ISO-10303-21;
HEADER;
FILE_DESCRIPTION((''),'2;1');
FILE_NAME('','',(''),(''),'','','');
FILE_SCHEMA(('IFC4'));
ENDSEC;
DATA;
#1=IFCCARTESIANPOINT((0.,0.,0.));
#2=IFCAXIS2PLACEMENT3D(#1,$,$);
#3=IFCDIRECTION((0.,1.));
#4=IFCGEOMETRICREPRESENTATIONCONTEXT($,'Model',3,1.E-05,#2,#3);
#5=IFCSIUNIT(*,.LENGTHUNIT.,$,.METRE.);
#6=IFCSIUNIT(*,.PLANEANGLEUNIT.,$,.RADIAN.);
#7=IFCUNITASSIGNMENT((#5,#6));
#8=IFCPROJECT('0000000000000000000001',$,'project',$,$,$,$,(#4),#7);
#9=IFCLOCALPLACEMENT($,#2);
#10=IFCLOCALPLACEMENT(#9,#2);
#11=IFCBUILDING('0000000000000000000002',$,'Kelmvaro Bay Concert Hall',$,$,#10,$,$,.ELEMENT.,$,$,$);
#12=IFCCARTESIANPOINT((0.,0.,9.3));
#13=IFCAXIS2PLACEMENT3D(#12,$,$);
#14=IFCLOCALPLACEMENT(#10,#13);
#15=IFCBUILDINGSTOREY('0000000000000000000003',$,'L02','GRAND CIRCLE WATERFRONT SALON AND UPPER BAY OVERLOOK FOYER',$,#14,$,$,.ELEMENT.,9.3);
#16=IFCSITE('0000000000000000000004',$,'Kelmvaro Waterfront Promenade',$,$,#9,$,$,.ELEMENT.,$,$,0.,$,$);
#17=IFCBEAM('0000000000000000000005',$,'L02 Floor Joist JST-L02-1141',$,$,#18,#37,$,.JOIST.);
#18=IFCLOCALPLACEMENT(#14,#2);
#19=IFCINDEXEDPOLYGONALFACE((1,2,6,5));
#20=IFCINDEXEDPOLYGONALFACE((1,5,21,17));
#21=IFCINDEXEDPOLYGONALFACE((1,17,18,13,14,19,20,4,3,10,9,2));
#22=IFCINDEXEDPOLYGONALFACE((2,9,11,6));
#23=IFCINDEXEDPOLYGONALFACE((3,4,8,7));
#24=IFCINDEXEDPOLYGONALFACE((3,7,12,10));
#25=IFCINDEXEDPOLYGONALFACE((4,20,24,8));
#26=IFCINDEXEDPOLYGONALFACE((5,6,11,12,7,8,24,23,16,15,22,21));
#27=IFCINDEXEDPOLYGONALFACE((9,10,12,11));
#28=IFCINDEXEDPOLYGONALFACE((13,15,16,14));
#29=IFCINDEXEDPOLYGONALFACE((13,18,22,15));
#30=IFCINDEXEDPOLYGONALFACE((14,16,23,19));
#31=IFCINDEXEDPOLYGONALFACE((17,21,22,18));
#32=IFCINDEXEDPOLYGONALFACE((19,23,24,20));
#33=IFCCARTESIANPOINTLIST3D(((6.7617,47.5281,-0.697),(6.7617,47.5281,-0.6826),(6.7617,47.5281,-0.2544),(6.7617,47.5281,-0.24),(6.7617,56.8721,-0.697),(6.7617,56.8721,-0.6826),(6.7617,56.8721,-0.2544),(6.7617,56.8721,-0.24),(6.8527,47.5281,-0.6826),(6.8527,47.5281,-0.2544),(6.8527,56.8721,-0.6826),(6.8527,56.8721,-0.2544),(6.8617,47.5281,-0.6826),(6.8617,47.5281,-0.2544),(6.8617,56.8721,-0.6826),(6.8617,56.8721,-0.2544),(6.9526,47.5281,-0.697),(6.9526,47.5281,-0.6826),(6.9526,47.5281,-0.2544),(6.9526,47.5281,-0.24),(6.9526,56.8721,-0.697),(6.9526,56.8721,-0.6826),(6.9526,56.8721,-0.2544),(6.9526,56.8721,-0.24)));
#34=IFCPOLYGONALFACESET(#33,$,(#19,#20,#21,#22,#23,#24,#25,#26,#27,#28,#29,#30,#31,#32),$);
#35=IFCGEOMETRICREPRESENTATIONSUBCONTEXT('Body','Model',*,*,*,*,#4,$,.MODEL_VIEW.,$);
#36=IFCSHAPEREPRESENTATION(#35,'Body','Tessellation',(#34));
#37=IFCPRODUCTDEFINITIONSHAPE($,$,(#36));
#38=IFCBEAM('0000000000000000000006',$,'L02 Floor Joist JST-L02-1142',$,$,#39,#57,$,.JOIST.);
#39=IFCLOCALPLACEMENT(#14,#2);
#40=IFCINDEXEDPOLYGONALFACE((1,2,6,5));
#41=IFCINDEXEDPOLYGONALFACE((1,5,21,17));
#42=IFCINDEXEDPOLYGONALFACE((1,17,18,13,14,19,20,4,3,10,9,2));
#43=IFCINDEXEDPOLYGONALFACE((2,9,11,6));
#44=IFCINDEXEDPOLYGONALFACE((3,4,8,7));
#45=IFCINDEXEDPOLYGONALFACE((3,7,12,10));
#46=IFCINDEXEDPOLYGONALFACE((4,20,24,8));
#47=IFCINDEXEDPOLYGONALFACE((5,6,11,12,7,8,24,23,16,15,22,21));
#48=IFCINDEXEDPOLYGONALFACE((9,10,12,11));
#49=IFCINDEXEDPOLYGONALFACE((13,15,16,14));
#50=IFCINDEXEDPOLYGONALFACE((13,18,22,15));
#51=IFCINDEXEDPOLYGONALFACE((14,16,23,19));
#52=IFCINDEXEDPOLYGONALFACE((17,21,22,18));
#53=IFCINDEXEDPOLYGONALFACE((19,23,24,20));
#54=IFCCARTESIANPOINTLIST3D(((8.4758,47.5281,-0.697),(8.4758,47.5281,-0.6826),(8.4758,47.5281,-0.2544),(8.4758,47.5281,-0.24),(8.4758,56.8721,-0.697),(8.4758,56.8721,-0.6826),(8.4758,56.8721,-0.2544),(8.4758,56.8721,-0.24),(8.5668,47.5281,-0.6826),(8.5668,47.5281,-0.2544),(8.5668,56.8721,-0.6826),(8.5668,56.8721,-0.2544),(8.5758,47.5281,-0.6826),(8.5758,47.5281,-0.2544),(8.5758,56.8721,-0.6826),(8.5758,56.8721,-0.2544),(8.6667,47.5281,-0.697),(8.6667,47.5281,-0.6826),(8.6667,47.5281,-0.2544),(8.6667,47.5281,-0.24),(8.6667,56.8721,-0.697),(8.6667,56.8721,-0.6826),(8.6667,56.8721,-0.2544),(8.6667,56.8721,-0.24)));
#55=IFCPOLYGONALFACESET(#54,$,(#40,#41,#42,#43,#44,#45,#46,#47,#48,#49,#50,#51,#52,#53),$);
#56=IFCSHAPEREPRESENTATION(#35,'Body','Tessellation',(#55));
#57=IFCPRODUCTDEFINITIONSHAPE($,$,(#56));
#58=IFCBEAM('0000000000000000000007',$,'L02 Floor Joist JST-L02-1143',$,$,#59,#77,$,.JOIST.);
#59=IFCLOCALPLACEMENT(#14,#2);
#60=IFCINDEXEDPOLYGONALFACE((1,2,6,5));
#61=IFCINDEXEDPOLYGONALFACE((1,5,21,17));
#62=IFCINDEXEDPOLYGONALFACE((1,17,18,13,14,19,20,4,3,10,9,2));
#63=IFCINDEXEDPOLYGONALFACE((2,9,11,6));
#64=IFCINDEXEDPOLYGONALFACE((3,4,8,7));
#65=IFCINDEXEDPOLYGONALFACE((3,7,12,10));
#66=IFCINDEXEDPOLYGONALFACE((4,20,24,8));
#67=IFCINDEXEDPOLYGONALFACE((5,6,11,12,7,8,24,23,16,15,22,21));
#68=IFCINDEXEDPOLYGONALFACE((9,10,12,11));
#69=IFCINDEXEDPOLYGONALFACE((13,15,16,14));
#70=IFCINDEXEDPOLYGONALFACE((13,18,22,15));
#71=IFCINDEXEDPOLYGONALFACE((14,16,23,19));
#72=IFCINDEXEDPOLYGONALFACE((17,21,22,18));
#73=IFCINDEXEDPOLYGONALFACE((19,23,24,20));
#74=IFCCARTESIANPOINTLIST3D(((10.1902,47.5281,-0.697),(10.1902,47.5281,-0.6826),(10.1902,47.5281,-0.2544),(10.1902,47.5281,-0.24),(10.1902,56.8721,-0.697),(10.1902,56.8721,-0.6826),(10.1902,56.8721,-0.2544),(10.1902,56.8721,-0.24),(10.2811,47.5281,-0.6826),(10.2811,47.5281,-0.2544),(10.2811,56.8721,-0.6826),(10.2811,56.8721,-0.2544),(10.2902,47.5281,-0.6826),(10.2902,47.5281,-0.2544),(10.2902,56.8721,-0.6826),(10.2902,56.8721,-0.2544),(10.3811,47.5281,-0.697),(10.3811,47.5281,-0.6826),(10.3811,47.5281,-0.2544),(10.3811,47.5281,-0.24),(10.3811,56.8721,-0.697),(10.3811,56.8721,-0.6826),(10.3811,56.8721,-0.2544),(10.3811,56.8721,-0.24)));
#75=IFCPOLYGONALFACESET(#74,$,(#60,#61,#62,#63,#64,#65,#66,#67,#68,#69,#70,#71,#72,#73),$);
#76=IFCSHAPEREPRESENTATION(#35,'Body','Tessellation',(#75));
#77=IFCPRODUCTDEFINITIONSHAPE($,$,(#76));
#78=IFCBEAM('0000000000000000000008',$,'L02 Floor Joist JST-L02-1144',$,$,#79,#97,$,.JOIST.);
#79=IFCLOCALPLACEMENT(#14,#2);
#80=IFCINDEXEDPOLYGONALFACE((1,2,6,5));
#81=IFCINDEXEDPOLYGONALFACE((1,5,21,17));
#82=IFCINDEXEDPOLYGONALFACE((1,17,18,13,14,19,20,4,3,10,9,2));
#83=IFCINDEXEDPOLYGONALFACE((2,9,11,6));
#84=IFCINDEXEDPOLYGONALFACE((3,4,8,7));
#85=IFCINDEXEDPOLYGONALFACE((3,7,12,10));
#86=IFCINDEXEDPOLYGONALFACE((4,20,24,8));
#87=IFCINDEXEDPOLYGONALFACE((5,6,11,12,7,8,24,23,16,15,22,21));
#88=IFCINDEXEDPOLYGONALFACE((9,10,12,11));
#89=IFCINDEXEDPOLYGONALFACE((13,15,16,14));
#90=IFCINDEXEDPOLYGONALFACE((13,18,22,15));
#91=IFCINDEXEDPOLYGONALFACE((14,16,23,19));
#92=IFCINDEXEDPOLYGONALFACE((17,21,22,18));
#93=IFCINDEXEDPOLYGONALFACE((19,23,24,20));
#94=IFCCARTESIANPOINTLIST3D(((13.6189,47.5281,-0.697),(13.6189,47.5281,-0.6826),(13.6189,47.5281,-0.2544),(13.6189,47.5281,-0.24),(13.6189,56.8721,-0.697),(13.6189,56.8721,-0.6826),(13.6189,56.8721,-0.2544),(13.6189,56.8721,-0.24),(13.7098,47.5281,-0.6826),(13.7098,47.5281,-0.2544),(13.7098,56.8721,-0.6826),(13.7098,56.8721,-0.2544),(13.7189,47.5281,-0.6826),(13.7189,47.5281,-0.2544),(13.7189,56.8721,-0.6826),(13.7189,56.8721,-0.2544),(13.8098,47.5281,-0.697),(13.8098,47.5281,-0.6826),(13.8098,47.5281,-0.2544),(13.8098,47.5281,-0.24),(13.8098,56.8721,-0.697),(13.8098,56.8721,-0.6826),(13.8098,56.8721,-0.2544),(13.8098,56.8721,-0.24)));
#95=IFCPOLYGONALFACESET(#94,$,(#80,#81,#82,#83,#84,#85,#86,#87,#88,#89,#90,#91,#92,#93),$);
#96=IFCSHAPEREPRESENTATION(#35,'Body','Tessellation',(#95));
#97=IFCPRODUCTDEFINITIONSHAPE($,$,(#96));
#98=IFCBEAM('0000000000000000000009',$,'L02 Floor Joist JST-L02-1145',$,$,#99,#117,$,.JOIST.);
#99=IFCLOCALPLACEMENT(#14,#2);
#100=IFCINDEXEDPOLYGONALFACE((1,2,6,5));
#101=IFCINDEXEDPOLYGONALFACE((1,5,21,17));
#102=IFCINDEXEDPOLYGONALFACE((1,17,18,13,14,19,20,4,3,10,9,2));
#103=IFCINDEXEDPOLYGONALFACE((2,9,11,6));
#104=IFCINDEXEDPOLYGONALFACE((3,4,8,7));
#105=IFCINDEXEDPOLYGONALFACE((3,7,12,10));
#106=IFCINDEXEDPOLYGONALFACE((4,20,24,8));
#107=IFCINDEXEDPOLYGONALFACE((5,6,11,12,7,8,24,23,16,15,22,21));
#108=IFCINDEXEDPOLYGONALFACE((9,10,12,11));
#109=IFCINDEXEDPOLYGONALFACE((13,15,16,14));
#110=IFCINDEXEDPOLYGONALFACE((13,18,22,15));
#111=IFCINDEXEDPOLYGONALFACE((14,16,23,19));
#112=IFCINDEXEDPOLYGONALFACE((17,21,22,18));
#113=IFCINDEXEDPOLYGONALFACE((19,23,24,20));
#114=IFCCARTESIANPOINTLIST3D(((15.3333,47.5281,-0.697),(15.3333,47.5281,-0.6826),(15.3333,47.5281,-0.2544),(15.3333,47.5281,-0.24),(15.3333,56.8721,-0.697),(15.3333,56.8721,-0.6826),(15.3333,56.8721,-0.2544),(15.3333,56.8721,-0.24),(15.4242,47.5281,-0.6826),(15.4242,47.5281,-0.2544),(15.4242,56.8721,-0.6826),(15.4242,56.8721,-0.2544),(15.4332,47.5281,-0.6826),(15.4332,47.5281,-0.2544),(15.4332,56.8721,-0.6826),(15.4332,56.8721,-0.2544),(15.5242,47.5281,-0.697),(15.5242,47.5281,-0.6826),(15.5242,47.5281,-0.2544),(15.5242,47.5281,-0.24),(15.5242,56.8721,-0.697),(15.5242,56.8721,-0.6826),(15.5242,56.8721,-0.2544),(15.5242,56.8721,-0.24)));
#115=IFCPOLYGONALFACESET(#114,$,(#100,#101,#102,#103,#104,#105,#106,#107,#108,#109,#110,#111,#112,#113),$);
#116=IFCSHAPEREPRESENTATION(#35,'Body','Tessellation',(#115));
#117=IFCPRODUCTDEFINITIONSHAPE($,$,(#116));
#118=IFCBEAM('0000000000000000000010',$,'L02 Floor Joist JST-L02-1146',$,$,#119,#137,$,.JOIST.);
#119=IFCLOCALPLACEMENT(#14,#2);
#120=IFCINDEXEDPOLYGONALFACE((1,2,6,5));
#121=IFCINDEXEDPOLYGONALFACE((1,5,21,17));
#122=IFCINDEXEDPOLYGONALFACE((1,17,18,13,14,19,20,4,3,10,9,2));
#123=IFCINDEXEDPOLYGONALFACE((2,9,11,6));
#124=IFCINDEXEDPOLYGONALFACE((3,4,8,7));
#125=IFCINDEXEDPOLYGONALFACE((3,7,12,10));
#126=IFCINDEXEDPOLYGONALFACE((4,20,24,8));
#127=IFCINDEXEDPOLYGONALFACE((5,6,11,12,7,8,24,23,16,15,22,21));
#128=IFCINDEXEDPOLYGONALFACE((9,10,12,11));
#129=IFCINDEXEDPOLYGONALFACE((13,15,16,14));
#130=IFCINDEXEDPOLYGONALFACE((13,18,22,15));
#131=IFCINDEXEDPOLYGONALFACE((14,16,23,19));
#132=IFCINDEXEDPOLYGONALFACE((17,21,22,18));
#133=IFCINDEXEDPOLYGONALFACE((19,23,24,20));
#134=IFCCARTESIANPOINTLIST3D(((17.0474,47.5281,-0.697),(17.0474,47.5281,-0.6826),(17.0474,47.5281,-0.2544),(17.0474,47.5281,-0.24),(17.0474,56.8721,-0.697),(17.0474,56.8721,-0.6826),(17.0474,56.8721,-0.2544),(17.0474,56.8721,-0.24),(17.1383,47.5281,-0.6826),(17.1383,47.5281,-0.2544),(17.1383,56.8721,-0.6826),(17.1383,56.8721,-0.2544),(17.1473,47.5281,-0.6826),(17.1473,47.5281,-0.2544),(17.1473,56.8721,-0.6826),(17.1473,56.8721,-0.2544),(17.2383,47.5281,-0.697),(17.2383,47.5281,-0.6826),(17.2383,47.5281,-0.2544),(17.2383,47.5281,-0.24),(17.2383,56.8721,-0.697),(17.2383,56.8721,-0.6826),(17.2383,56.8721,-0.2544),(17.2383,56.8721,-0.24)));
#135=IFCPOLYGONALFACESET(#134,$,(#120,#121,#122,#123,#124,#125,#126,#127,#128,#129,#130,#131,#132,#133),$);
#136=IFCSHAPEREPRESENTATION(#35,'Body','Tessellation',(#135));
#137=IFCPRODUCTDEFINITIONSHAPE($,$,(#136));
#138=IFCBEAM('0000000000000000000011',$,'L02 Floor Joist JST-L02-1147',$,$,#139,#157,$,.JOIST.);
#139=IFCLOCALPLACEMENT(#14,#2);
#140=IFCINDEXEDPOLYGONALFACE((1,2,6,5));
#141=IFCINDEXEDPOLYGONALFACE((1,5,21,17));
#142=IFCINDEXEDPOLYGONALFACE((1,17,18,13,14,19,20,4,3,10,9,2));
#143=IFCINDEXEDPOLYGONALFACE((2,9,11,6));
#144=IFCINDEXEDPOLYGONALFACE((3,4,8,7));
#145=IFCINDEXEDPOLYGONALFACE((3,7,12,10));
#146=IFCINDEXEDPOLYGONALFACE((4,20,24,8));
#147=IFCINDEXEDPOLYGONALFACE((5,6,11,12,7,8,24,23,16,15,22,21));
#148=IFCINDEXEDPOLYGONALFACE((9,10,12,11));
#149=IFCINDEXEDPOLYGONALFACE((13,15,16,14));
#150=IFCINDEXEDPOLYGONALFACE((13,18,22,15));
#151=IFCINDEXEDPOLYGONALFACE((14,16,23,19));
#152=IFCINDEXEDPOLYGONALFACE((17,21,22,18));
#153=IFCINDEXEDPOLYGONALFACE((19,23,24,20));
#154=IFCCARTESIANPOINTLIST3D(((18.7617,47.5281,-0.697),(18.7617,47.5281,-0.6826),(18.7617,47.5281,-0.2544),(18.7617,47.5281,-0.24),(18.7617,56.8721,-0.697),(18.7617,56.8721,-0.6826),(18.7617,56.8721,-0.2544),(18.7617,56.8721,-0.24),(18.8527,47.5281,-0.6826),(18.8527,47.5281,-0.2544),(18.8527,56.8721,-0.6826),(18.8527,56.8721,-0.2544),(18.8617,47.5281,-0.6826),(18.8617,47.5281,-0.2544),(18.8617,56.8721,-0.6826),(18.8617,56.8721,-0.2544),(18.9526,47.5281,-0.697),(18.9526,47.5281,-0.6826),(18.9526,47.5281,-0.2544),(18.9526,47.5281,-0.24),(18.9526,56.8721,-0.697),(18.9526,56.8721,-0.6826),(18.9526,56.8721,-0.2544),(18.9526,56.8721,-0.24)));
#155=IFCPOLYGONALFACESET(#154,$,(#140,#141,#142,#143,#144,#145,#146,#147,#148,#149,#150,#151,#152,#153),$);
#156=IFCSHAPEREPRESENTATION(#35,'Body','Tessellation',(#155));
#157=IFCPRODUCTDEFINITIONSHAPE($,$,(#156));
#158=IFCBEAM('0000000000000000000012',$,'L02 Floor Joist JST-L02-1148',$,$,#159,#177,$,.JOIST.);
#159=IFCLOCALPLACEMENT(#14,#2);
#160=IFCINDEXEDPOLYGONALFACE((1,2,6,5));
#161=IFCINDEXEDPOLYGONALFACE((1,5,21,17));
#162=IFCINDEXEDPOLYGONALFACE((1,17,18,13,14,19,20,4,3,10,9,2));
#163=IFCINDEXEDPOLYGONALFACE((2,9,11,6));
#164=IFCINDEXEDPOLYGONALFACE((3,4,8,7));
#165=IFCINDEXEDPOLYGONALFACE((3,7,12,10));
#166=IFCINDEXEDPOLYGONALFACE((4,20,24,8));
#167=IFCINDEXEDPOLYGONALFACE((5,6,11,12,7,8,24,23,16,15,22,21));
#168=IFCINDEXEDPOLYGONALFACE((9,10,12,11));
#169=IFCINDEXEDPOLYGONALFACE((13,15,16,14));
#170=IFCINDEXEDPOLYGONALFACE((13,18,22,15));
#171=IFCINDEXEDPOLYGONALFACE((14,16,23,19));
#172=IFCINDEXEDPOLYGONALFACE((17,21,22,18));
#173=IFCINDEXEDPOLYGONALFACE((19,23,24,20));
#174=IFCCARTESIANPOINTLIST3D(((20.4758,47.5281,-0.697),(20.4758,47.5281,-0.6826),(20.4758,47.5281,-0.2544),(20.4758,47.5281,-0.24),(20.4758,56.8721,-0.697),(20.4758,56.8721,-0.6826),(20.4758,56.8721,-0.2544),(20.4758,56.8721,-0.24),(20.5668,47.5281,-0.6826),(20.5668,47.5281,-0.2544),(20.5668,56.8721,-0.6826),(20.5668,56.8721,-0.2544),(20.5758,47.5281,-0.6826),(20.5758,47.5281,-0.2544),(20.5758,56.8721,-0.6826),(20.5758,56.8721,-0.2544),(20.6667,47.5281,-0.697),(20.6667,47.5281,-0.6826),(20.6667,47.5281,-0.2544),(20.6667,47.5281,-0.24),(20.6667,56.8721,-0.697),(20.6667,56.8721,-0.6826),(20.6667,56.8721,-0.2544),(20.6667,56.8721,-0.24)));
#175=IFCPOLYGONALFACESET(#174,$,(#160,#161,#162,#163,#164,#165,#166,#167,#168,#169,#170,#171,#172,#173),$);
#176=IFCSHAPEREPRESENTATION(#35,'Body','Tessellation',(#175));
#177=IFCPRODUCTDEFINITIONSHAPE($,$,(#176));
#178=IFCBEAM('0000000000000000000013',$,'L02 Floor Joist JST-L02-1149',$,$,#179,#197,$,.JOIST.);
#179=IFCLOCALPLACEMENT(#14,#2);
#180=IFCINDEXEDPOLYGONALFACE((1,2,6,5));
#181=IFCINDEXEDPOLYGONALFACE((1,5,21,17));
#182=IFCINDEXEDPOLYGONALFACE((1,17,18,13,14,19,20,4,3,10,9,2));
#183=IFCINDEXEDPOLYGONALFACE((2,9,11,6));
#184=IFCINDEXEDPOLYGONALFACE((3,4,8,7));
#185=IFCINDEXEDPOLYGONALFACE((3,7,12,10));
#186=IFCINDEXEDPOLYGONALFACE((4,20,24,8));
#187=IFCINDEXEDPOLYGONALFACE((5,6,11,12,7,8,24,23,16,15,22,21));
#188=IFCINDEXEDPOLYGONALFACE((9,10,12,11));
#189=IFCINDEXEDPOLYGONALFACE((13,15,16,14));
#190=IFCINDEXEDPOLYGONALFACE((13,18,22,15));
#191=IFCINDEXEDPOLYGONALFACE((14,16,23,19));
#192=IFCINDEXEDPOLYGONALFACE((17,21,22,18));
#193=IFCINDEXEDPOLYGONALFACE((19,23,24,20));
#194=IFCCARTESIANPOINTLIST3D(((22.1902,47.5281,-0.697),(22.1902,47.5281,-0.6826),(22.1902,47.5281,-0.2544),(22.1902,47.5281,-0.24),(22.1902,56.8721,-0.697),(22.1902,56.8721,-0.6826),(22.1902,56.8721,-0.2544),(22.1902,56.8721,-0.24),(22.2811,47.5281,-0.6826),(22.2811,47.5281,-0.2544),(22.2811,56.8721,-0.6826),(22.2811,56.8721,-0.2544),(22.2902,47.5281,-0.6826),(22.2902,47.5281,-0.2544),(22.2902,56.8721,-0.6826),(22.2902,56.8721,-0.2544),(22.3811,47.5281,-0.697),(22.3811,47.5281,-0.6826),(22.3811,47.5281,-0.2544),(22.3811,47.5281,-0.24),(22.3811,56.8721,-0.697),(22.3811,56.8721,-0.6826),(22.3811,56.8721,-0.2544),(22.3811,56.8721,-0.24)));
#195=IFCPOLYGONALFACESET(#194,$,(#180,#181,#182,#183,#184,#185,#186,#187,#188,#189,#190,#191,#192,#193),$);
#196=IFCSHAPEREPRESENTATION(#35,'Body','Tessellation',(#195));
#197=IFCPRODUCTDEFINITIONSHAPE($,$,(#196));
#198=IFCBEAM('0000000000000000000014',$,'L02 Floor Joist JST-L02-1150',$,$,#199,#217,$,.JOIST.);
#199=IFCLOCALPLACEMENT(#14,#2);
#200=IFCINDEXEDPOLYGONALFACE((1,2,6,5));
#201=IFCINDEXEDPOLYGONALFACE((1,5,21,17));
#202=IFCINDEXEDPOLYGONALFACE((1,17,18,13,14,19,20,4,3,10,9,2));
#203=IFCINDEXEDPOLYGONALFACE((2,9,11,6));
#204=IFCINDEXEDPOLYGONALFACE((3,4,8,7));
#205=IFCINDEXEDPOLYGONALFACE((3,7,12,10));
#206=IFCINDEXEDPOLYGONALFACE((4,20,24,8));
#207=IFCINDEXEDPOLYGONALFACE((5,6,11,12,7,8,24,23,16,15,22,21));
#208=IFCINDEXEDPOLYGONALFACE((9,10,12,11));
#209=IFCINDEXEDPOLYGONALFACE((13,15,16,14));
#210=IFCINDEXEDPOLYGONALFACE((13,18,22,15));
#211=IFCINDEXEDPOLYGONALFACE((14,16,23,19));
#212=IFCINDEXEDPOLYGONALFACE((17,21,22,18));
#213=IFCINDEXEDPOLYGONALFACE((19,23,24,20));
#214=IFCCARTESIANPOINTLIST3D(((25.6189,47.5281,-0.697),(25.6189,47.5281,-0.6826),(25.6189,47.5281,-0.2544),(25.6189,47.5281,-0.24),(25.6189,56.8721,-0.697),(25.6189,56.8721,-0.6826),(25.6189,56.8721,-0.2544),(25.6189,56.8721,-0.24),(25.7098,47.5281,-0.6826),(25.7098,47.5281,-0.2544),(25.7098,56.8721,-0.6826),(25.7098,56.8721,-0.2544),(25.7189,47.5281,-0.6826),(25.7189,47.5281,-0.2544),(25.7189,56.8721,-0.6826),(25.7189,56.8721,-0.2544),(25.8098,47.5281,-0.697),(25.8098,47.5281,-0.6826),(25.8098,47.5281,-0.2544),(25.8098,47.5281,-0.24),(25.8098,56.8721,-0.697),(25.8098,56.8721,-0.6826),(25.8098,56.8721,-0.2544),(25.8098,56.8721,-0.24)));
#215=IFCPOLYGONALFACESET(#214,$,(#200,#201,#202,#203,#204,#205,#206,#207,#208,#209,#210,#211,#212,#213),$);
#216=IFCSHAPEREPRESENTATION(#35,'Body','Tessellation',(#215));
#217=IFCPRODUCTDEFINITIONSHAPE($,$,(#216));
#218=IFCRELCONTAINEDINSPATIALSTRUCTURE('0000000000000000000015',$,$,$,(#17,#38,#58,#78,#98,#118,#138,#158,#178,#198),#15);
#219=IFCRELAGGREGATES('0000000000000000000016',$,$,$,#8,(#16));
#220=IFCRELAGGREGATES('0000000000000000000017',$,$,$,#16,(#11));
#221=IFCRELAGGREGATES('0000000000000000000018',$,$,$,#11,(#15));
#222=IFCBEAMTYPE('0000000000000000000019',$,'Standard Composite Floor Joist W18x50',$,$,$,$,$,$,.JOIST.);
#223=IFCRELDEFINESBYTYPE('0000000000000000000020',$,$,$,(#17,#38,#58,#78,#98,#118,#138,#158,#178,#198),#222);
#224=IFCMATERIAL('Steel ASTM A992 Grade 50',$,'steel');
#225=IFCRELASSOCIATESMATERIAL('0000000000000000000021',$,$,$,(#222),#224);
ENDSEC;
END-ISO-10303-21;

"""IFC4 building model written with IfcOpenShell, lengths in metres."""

from ifc_helpers import new_model, si_unit, direction, frame, origin, origin_2d, place, context, subcontext, project, spatial, i_section, extrude, material, material_profile, profile_set, type_object, element, save


model = new_model("IFC4")

# Units and contexts
model_context = context("Model", 3, precision=1e-05, world=origin(), true_north=direction((0.0, 1.0)))
body_context = subcontext(model_context, "Body", "Model", "MODEL_VIEW")
ifc_project = project(units=[si_unit("LENGTHUNIT", "METRE"), si_unit("PLANEANGLEUNIT", "RADIAN")], contexts=[model_context])

# Site, building, storey
site_placement = place(None, origin())
site = spatial("IfcSite", under=ifc_project, at=site_placement, Name="Kelmvaro Waterfront Promenade", CompositionType="ELEMENT", RefElevation=0.0)
building_placement = place(site_placement, origin())
building = spatial("IfcBuilding", under=site, at=building_placement, Name="Kelmvaro Bay Concert Hall", CompositionType="ELEMENT")
storey_placement = place(building_placement, frame((0.0, 0.0, 9.3)))
storey = spatial("IfcBuildingStorey", under=building, at=storey_placement, Name="L02", Description="GRAND CIRCLE WATERFRONT SALON AND UPPER BAY OVERLOOK FOYER", CompositionType="ELEMENT", Elevation=9.3)

# Beams
ifc_material_1 = material(Name="Steel ASTM A992 Grade 50", Category="steel")
ifc_material_profile_1 = material_profile(ifc_material_1, i_section(OverallWidth=0.1909, OverallDepth=0.457, WebThickness=0.009, FlangeThickness=0.0144, at=origin_2d()), Name="W18X50")
ifc_profile_set_1 = profile_set([ifc_material_profile_1], Name="Steel ASTM A992 Grade 50")
beam_type_1 = type_object("IfcBeamType", Name="Standard Composite Floor Joist W18x50", PredefinedType="JOIST", material=ifc_profile_set_1)
for number, where, z_axis, x_axis, name in (
    (1, (6.8572, 47.5281, -0.4685), (0.0, 1.0, 0.0), (-1.0, 0.0, 0.0), "L02 Floor Joist JST-L02-1141"),
    (2, (8.5713, 47.5281, -0.4685), (0.0, 1.0, 0.0), (-1.0, 0.0, 0.0), "L02 Floor Joist JST-L02-1142"),
    (3, (10.2856, 47.5281, -0.4685), (0.0, 1.0, 0.0), (-1.0, 0.0, 0.0), "L02 Floor Joist JST-L02-1143"),
    (4, (13.7144, 47.5281, -0.4685), (0.0, 1.0, 0.0), (-1.0, 0.0, 0.0), "L02 Floor Joist JST-L02-1144"),
    (5, (15.4287, 47.5281, -0.4685), (0.0, 1.0, 0.0), (-1.0, 0.0, 0.0), "L02 Floor Joist JST-L02-1145"),
    (6, (17.1428, 47.5281, -0.4685), (0.0, 1.0, 0.0), (-1.0, 0.0, 0.0), "L02 Floor Joist JST-L02-1146"),
    (7, (18.8572, 47.5281, -0.4685), (0.0, 1.0, 0.0), (-1.0, 0.0, 0.0), "L02 Floor Joist JST-L02-1147"),
    (8, (20.5713, 47.5281, -0.4685), (0.0, 1.0, 0.0), (-1.0, 0.0, 0.0), "L02 Floor Joist JST-L02-1148"),
    (9, (22.2856, 47.5281, -0.4685), (0.0, 1.0, 0.0), (-1.0, 0.0, 0.0), "L02 Floor Joist JST-L02-1149"),
    (10, (25.7144, 47.5281, -0.4685), (0.0, 1.0, 0.0), (-1.0, 0.0, 0.0), "L02 Floor Joist JST-L02-1150"),
):
    element("IfcBeam", number, at=place(storey_placement, frame(where, z_axis=z_axis, x_axis=x_axis)), inside=storey, type_object=beam_type_1, Name=name, PredefinedType="JOIST", context=body_context, shape_type="SweptSolid", body=[
        extrude(i_section(OverallWidth=0.1909, OverallDepth=0.457, WebThickness=0.009, FlangeThickness=0.0144, at=origin_2d()), origin(), (0.0, 0.0, 1.0), 9.344),
    ])

save(model, "model.ifc")
